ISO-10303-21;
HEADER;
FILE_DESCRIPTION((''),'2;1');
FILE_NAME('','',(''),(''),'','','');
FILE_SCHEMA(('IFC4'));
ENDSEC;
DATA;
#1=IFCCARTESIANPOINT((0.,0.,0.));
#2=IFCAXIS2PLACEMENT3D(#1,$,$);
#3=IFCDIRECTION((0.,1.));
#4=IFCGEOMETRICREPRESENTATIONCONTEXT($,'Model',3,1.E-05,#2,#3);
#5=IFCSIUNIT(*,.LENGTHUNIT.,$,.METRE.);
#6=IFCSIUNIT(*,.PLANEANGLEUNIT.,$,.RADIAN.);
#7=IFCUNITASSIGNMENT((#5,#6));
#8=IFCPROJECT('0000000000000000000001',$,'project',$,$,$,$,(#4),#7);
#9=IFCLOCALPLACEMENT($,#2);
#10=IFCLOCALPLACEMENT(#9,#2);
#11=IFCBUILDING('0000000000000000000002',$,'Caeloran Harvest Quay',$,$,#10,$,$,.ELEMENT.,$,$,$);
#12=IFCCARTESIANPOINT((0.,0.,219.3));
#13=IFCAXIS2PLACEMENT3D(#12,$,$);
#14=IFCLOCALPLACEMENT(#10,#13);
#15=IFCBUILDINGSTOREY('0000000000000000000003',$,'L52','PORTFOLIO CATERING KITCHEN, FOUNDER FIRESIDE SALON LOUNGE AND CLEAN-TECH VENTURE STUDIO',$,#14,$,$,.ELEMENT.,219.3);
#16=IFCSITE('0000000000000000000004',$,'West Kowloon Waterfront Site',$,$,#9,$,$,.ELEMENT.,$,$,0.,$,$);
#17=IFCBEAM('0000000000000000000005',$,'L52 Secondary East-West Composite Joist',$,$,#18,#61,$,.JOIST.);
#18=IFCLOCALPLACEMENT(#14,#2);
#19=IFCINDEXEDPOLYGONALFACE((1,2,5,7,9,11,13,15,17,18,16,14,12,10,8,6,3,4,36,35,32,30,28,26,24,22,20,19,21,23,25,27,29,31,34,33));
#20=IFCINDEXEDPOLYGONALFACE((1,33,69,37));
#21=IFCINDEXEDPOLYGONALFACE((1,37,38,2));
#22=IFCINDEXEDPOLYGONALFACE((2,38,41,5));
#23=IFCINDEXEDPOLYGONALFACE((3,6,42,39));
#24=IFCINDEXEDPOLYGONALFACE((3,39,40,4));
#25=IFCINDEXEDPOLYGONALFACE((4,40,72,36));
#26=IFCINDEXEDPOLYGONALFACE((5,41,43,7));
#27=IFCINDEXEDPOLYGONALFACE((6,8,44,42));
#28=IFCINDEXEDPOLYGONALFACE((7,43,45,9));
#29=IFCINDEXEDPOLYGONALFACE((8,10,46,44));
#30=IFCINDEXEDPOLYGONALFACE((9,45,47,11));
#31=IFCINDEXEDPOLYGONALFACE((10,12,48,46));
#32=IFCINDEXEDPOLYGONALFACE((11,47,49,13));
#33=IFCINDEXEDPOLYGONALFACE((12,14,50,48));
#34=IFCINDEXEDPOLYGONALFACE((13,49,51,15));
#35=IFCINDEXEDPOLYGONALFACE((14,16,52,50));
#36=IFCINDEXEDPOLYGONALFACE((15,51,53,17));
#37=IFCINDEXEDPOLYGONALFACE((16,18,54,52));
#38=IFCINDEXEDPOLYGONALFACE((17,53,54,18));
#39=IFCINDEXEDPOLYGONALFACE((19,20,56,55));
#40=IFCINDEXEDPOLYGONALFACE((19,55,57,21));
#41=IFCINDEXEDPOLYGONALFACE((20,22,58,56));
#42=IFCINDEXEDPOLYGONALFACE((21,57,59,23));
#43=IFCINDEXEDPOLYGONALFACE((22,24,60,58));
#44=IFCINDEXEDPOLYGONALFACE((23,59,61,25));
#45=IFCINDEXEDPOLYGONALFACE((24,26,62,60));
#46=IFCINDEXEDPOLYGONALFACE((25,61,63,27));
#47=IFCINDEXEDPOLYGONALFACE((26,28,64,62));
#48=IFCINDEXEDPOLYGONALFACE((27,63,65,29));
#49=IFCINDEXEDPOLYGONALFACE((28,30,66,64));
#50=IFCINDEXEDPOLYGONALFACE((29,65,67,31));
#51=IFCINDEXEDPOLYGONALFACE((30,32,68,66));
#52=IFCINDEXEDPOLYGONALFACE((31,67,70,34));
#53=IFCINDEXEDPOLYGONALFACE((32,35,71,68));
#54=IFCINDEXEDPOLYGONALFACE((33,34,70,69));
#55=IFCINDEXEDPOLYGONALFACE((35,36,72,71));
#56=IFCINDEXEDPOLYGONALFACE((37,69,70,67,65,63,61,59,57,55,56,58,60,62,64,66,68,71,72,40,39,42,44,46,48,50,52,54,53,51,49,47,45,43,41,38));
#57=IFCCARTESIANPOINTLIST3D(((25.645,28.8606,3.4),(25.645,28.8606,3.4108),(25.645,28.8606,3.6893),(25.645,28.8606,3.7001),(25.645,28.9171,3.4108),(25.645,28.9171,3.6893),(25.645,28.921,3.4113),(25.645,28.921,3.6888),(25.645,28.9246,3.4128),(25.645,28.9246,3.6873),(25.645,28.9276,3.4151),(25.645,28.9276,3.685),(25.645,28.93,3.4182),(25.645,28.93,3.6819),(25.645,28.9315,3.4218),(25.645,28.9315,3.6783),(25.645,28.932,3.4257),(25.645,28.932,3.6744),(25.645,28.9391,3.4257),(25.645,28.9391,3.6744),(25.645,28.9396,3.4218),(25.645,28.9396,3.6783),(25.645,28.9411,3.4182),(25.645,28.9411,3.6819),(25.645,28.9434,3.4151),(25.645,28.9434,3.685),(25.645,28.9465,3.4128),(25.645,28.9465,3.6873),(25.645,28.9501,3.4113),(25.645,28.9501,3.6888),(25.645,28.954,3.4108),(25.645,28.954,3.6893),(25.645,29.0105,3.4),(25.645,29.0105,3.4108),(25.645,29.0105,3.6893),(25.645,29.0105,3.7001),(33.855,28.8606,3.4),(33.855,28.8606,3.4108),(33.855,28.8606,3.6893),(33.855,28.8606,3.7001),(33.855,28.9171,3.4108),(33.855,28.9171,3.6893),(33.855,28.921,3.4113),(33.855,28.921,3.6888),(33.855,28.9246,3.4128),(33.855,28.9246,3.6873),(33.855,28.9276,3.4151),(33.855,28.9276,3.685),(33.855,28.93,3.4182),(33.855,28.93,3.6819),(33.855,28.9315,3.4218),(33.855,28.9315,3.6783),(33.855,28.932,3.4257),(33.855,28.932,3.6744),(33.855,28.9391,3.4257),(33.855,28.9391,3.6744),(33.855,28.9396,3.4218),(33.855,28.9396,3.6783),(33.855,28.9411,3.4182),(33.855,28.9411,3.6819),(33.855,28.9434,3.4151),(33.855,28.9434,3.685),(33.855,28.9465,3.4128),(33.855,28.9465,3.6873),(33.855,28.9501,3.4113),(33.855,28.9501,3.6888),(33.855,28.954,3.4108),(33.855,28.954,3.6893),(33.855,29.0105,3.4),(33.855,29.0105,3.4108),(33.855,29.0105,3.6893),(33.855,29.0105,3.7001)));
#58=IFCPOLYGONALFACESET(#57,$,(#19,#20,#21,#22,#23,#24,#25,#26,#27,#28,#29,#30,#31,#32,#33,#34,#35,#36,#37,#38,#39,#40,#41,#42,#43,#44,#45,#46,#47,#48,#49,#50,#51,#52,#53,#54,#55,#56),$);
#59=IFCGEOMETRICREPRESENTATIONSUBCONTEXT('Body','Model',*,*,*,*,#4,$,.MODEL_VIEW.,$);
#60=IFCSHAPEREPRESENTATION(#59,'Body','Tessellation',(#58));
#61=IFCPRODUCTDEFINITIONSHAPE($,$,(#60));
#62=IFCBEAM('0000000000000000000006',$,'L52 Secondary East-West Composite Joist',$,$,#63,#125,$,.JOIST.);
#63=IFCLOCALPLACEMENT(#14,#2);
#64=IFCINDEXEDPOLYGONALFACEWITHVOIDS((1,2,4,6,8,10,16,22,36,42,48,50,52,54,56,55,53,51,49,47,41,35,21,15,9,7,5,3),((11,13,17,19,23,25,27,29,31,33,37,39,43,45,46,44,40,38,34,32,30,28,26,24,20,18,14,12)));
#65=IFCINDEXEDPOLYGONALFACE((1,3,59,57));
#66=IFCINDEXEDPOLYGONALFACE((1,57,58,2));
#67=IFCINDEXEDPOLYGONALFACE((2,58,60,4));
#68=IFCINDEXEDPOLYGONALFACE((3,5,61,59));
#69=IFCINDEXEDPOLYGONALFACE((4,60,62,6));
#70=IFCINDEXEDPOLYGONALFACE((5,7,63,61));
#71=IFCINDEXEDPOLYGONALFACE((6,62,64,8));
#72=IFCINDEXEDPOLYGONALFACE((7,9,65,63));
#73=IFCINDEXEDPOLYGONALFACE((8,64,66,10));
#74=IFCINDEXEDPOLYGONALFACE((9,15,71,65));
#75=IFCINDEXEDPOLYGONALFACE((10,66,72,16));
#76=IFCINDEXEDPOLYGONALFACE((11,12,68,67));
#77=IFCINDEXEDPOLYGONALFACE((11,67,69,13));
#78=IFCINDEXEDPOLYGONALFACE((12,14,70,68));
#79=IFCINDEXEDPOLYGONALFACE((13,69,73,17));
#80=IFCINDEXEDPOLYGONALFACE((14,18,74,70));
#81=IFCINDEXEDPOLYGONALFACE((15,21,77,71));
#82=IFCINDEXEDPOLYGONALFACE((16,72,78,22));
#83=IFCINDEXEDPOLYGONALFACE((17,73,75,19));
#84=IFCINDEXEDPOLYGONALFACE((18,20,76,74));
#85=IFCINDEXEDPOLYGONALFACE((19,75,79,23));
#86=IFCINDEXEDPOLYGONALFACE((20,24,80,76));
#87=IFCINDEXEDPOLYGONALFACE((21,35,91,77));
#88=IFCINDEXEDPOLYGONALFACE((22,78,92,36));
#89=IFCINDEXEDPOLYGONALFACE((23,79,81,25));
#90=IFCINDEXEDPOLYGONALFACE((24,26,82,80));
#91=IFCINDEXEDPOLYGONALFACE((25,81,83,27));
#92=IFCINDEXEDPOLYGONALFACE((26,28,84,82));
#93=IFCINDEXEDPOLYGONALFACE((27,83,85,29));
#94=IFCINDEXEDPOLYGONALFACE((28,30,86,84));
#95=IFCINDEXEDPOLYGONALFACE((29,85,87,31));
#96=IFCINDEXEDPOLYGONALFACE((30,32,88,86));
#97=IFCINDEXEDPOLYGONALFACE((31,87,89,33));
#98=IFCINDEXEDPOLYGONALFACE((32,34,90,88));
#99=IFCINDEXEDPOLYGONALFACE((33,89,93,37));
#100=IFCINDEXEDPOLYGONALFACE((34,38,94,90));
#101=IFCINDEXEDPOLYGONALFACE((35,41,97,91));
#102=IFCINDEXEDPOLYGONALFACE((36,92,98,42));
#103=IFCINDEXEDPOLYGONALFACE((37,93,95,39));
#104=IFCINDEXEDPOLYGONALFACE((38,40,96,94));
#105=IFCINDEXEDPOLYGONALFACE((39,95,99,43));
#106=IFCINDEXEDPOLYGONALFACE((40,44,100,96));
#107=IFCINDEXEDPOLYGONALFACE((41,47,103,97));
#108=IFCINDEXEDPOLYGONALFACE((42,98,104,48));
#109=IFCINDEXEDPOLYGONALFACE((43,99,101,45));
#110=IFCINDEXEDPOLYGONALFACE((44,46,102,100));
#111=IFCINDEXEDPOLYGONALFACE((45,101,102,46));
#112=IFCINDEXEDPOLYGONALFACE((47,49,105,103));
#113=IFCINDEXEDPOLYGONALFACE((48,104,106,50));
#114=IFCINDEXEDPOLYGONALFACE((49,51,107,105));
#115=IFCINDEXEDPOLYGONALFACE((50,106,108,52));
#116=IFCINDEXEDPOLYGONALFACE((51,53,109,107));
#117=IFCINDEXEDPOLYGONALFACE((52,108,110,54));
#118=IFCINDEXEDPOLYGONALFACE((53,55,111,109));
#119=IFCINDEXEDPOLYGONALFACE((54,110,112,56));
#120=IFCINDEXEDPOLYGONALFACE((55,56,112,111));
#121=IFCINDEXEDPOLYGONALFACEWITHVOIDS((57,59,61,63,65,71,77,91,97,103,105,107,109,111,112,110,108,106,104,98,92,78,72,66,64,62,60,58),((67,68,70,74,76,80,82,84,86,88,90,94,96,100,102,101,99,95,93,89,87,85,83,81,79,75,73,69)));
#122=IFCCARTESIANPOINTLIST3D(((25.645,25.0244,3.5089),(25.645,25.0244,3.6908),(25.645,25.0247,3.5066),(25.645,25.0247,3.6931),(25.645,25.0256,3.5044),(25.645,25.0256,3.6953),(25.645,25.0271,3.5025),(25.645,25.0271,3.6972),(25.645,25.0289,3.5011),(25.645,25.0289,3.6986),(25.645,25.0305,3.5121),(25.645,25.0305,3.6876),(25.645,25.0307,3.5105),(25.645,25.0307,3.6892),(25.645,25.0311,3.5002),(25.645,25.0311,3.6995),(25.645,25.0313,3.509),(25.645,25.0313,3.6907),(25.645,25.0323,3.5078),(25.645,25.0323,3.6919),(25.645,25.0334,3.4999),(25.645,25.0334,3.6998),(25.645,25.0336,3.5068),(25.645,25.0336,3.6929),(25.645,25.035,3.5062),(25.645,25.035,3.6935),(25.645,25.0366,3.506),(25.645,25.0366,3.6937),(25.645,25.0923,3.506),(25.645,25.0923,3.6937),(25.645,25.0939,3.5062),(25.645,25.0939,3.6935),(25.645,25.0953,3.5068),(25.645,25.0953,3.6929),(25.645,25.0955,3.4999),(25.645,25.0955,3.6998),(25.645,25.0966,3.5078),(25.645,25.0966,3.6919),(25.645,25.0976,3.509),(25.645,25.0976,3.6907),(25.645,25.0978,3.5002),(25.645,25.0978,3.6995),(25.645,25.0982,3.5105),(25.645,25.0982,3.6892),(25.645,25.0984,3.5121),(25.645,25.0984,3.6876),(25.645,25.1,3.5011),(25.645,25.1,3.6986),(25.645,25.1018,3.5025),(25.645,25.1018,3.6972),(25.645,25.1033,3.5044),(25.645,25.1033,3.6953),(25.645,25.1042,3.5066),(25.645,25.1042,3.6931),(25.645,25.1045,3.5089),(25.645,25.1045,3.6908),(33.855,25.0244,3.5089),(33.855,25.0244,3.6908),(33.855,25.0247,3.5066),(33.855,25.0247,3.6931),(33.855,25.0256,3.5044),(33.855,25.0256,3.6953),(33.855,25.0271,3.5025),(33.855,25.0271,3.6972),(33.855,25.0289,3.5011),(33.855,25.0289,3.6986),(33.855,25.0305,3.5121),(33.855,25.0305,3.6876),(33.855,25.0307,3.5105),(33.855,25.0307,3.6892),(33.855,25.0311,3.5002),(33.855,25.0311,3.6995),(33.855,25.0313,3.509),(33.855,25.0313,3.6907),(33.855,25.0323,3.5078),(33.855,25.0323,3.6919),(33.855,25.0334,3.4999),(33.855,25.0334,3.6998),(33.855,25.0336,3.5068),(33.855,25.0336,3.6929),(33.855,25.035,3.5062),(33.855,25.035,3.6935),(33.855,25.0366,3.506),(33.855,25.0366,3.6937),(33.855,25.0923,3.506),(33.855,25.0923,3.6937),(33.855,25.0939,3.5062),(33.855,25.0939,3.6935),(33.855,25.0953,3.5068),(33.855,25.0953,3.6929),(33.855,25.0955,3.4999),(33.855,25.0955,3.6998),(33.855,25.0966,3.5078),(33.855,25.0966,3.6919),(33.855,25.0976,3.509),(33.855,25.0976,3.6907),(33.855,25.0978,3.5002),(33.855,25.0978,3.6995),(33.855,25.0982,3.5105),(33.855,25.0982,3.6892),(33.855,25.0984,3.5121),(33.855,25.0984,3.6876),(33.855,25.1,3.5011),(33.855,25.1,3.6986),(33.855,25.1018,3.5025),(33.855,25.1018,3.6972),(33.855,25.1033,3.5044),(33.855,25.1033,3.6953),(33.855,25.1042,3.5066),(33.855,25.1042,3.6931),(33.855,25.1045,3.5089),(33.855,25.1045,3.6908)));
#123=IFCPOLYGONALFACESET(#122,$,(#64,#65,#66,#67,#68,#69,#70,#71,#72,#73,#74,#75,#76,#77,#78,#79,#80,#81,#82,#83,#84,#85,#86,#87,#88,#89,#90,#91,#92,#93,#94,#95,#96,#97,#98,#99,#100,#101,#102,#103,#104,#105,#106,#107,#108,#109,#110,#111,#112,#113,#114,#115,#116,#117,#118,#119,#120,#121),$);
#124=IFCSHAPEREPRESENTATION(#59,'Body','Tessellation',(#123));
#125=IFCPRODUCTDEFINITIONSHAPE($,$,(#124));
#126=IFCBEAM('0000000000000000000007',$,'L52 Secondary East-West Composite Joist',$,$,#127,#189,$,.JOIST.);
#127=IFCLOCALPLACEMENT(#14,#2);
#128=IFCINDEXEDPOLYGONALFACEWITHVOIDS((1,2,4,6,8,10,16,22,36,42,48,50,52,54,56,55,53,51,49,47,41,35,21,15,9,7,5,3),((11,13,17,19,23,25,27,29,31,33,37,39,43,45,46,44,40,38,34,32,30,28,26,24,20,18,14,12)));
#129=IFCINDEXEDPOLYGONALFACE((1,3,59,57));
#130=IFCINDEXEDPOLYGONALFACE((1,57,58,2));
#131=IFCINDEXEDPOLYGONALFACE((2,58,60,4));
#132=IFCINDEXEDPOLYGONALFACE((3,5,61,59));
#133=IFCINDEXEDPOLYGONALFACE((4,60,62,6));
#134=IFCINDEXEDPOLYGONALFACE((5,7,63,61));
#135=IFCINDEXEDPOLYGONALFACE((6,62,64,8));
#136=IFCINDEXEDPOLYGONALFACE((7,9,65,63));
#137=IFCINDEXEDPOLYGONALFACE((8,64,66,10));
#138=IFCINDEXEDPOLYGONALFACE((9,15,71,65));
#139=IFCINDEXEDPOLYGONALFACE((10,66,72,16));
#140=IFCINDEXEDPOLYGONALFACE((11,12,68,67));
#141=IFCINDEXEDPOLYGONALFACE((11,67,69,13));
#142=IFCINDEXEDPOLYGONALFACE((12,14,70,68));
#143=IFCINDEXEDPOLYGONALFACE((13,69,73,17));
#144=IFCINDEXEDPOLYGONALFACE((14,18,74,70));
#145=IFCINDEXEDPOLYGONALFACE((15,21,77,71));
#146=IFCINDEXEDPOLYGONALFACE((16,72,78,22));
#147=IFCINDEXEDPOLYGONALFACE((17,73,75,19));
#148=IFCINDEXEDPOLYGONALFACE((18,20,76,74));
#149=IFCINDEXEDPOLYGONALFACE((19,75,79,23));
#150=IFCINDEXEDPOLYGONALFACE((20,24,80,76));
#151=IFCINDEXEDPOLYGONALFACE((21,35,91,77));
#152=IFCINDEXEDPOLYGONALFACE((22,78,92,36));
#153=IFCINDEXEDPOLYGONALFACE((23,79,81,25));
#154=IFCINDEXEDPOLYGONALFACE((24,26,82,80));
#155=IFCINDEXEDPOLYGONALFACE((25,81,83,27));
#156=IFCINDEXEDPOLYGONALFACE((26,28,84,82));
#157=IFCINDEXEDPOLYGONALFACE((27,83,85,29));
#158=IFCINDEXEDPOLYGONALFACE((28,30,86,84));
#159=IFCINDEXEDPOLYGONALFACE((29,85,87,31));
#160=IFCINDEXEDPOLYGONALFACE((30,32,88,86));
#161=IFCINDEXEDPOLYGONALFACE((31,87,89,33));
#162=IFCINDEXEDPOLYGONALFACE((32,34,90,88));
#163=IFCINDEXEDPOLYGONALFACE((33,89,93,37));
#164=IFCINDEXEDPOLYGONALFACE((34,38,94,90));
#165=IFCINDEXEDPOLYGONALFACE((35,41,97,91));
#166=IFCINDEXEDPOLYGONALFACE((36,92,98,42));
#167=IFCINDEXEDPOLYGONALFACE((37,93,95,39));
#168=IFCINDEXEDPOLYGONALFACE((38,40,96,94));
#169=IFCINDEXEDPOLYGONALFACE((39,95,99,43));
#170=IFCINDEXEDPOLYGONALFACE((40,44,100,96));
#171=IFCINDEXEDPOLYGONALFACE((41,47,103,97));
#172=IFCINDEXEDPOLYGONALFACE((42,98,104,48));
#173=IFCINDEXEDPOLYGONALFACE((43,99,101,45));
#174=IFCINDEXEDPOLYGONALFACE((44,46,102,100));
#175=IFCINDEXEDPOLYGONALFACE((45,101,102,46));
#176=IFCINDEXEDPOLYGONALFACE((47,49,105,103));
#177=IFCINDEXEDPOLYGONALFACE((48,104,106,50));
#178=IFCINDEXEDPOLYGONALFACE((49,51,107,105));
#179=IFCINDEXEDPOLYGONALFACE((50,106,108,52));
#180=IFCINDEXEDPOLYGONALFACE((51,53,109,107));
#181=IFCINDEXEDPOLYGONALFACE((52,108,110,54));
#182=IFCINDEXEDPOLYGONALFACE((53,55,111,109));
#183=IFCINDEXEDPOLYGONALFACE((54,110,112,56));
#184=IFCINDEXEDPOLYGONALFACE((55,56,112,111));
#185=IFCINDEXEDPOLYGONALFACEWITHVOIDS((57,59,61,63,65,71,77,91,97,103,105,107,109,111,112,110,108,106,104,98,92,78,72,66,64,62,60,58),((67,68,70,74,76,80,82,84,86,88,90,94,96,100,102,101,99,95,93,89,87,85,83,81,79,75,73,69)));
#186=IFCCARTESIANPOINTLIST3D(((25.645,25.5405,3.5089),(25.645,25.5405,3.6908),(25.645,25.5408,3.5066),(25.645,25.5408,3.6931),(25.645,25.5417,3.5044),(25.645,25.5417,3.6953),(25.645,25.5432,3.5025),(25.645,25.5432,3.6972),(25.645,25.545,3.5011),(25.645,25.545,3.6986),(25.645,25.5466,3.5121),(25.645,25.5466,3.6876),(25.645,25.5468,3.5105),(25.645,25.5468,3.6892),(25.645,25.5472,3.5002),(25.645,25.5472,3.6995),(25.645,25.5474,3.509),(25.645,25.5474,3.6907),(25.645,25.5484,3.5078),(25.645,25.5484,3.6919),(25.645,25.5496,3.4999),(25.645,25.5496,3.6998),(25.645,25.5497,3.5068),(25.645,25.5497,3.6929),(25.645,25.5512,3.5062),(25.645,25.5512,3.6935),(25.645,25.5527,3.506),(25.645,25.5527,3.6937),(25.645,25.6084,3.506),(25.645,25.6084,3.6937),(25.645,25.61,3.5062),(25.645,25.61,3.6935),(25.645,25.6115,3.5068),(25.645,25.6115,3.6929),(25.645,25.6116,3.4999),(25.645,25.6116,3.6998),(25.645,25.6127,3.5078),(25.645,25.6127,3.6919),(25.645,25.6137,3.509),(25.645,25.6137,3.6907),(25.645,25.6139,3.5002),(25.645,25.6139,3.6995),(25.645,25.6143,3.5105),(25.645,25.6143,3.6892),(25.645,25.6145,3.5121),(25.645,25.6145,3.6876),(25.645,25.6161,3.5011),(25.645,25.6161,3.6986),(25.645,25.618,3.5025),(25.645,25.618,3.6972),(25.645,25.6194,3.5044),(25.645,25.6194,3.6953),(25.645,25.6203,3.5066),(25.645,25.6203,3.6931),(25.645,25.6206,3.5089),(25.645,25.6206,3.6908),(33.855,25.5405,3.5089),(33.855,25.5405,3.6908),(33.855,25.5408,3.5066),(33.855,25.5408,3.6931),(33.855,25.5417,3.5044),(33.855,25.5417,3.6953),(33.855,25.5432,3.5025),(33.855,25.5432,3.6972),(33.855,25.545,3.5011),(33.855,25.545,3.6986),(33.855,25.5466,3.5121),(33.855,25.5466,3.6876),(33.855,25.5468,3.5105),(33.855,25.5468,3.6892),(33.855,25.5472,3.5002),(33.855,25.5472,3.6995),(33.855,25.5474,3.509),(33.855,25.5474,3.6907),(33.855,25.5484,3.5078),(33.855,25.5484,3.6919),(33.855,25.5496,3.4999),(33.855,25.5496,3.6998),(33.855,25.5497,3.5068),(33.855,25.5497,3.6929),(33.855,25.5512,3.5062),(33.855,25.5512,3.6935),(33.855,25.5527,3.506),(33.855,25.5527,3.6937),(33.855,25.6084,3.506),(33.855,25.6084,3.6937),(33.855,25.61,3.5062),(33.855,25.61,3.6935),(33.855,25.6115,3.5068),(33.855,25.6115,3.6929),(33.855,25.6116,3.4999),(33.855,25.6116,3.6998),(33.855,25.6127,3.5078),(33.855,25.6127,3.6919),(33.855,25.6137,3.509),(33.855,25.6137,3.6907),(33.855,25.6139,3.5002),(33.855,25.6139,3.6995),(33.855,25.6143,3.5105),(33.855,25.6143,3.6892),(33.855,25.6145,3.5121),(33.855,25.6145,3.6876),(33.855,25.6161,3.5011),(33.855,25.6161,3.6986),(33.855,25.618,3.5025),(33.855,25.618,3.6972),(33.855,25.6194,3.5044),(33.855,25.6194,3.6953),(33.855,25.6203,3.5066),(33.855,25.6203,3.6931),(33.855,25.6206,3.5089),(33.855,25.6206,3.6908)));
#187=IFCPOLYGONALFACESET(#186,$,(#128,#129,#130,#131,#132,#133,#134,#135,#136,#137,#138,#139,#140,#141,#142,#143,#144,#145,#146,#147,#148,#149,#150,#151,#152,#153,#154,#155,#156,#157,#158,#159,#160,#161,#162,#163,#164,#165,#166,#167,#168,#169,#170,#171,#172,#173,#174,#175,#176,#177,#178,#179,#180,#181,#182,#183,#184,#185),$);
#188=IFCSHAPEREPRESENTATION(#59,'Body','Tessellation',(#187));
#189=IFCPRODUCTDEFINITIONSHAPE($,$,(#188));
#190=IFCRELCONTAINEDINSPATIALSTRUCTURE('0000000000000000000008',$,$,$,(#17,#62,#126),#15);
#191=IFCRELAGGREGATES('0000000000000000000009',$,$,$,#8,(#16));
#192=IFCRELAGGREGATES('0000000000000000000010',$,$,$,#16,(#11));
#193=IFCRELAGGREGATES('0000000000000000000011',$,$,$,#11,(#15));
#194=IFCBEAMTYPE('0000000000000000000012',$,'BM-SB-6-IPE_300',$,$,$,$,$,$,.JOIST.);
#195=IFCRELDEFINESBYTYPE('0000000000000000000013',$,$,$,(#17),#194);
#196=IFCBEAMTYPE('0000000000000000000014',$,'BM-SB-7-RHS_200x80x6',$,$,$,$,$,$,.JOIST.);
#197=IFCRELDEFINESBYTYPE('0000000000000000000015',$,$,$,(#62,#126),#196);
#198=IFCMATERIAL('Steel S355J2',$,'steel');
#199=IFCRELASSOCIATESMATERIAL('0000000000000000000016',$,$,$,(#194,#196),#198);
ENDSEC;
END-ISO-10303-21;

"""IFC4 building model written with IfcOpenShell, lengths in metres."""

from ifc_helpers import new_model, si_unit, direction, frame, origin, origin_2d, place, context, subcontext, project, spatial, hollow_rectangle, i_section, extrude, material, material_profile, profile_set, type_object, element, save


model = new_model("IFC4")

# Units and contexts
model_context = context("Model", 3, precision=1e-05, world=origin(), true_north=direction((0.0, 1.0)))
body_context = subcontext(model_context, "Body", "Model", "MODEL_VIEW")
ifc_project = project(units=[si_unit("LENGTHUNIT", "METRE"), si_unit("PLANEANGLEUNIT", "RADIAN")], contexts=[model_context])

# Site, building, storey
site_placement = place(None, origin())
site = spatial("IfcSite", under=ifc_project, at=site_placement, Name="West Kowloon Waterfront Site", CompositionType="ELEMENT", RefElevation=0.0)
building_placement = place(site_placement, origin())
building = spatial("IfcBuilding", under=site, at=building_placement, Name="Caeloran Harvest Quay", CompositionType="ELEMENT")
storey_placement = place(building_placement, frame((0.0, 0.0, 219.3)))
storey = spatial("IfcBuildingStorey", under=building, at=storey_placement, Name="L52", Description="PORTFOLIO CATERING KITCHEN, FOUNDER FIRESIDE SALON LOUNGE AND CLEAN-TECH VENTURE STUDIO", CompositionType="ELEMENT", Elevation=219.3)

# Beams
ifc_material_1 = material(Name="Steel S355J2", Category="steel")
ifc_material_profile_1 = material_profile(ifc_material_1, i_section(OverallWidth=0.1499, OverallDepth=0.3, WebThickness=0.0071, FlangeThickness=0.0107, FilletRadius=0.0149, at=origin_2d()), Name="IPE 300")
ifc_profile_set_1 = profile_set([ifc_material_profile_1], Name="Steel S355J2")
beam_type_1 = type_object("IfcBeamType", Name="BM-SB-6-IPE_300", PredefinedType="JOIST", material=ifc_profile_set_1)
for number, where, z_axis, x_axis, name in (
    (1, (25.645, 28.9355, 3.55), (1.0, 0.0, 0.0), (0.0, 1.0, 0.0), "L52 Secondary East-West Composite Joist"),
):
    element("IfcBeam", number, at=place(storey_placement, frame(where, z_axis=z_axis, x_axis=x_axis)), inside=storey, type_object=beam_type_1, Name=name, PredefinedType="JOIST", context=body_context, shape_type="SweptSolid", body=[
        extrude(i_section(OverallWidth=0.1499, OverallDepth=0.3, WebThickness=0.0071, FlangeThickness=0.0107, FilletRadius=0.0149, at=origin_2d()), origin(), (0.0, 0.0, 1.0), 8.21),
    ])
ifc_material_profile_2 = material_profile(ifc_material_1, hollow_rectangle(XDim=0.0801, YDim=0.2, WallThickness=0.0061, InnerFilletRadius=0.0061, OuterFilletRadius=0.009, at=origin_2d()), Name="RHS 200x80x6")
ifc_profile_set_2 = profile_set([ifc_material_profile_2], Name="Steel S355J2")
beam_type_2 = type_object("IfcBeamType", Name="BM-SB-7-RHS_200x80x6", PredefinedType="JOIST", material=ifc_profile_set_2)
for number, where, z_axis, x_axis, name in (
    (2, (25.645, 25.0645, 3.5999), (1.0, 0.0, 0.0), (0.0, 1.0, 0.0), "L52 Secondary East-West Composite Joist"),
    (3, (25.645, 25.5806, 3.5999), (1.0, 0.0, 0.0), (0.0, 1.0, 0.0), "L52 Secondary East-West Composite Joist"),
):
    element("IfcBeam", number, at=place(storey_placement, frame(where, z_axis=z_axis, x_axis=x_axis)), inside=storey, type_object=beam_type_2, Name=name, PredefinedType="JOIST", context=body_context, shape_type="SweptSolid", body=[
        extrude(hollow_rectangle(XDim=0.0801, YDim=0.2, WallThickness=0.0061, InnerFilletRadius=0.0061, OuterFilletRadius=0.009, at=origin_2d()), origin(), (0.0, 0.0, 1.0), 8.21),
    ])

save(model, "model.ifc")
